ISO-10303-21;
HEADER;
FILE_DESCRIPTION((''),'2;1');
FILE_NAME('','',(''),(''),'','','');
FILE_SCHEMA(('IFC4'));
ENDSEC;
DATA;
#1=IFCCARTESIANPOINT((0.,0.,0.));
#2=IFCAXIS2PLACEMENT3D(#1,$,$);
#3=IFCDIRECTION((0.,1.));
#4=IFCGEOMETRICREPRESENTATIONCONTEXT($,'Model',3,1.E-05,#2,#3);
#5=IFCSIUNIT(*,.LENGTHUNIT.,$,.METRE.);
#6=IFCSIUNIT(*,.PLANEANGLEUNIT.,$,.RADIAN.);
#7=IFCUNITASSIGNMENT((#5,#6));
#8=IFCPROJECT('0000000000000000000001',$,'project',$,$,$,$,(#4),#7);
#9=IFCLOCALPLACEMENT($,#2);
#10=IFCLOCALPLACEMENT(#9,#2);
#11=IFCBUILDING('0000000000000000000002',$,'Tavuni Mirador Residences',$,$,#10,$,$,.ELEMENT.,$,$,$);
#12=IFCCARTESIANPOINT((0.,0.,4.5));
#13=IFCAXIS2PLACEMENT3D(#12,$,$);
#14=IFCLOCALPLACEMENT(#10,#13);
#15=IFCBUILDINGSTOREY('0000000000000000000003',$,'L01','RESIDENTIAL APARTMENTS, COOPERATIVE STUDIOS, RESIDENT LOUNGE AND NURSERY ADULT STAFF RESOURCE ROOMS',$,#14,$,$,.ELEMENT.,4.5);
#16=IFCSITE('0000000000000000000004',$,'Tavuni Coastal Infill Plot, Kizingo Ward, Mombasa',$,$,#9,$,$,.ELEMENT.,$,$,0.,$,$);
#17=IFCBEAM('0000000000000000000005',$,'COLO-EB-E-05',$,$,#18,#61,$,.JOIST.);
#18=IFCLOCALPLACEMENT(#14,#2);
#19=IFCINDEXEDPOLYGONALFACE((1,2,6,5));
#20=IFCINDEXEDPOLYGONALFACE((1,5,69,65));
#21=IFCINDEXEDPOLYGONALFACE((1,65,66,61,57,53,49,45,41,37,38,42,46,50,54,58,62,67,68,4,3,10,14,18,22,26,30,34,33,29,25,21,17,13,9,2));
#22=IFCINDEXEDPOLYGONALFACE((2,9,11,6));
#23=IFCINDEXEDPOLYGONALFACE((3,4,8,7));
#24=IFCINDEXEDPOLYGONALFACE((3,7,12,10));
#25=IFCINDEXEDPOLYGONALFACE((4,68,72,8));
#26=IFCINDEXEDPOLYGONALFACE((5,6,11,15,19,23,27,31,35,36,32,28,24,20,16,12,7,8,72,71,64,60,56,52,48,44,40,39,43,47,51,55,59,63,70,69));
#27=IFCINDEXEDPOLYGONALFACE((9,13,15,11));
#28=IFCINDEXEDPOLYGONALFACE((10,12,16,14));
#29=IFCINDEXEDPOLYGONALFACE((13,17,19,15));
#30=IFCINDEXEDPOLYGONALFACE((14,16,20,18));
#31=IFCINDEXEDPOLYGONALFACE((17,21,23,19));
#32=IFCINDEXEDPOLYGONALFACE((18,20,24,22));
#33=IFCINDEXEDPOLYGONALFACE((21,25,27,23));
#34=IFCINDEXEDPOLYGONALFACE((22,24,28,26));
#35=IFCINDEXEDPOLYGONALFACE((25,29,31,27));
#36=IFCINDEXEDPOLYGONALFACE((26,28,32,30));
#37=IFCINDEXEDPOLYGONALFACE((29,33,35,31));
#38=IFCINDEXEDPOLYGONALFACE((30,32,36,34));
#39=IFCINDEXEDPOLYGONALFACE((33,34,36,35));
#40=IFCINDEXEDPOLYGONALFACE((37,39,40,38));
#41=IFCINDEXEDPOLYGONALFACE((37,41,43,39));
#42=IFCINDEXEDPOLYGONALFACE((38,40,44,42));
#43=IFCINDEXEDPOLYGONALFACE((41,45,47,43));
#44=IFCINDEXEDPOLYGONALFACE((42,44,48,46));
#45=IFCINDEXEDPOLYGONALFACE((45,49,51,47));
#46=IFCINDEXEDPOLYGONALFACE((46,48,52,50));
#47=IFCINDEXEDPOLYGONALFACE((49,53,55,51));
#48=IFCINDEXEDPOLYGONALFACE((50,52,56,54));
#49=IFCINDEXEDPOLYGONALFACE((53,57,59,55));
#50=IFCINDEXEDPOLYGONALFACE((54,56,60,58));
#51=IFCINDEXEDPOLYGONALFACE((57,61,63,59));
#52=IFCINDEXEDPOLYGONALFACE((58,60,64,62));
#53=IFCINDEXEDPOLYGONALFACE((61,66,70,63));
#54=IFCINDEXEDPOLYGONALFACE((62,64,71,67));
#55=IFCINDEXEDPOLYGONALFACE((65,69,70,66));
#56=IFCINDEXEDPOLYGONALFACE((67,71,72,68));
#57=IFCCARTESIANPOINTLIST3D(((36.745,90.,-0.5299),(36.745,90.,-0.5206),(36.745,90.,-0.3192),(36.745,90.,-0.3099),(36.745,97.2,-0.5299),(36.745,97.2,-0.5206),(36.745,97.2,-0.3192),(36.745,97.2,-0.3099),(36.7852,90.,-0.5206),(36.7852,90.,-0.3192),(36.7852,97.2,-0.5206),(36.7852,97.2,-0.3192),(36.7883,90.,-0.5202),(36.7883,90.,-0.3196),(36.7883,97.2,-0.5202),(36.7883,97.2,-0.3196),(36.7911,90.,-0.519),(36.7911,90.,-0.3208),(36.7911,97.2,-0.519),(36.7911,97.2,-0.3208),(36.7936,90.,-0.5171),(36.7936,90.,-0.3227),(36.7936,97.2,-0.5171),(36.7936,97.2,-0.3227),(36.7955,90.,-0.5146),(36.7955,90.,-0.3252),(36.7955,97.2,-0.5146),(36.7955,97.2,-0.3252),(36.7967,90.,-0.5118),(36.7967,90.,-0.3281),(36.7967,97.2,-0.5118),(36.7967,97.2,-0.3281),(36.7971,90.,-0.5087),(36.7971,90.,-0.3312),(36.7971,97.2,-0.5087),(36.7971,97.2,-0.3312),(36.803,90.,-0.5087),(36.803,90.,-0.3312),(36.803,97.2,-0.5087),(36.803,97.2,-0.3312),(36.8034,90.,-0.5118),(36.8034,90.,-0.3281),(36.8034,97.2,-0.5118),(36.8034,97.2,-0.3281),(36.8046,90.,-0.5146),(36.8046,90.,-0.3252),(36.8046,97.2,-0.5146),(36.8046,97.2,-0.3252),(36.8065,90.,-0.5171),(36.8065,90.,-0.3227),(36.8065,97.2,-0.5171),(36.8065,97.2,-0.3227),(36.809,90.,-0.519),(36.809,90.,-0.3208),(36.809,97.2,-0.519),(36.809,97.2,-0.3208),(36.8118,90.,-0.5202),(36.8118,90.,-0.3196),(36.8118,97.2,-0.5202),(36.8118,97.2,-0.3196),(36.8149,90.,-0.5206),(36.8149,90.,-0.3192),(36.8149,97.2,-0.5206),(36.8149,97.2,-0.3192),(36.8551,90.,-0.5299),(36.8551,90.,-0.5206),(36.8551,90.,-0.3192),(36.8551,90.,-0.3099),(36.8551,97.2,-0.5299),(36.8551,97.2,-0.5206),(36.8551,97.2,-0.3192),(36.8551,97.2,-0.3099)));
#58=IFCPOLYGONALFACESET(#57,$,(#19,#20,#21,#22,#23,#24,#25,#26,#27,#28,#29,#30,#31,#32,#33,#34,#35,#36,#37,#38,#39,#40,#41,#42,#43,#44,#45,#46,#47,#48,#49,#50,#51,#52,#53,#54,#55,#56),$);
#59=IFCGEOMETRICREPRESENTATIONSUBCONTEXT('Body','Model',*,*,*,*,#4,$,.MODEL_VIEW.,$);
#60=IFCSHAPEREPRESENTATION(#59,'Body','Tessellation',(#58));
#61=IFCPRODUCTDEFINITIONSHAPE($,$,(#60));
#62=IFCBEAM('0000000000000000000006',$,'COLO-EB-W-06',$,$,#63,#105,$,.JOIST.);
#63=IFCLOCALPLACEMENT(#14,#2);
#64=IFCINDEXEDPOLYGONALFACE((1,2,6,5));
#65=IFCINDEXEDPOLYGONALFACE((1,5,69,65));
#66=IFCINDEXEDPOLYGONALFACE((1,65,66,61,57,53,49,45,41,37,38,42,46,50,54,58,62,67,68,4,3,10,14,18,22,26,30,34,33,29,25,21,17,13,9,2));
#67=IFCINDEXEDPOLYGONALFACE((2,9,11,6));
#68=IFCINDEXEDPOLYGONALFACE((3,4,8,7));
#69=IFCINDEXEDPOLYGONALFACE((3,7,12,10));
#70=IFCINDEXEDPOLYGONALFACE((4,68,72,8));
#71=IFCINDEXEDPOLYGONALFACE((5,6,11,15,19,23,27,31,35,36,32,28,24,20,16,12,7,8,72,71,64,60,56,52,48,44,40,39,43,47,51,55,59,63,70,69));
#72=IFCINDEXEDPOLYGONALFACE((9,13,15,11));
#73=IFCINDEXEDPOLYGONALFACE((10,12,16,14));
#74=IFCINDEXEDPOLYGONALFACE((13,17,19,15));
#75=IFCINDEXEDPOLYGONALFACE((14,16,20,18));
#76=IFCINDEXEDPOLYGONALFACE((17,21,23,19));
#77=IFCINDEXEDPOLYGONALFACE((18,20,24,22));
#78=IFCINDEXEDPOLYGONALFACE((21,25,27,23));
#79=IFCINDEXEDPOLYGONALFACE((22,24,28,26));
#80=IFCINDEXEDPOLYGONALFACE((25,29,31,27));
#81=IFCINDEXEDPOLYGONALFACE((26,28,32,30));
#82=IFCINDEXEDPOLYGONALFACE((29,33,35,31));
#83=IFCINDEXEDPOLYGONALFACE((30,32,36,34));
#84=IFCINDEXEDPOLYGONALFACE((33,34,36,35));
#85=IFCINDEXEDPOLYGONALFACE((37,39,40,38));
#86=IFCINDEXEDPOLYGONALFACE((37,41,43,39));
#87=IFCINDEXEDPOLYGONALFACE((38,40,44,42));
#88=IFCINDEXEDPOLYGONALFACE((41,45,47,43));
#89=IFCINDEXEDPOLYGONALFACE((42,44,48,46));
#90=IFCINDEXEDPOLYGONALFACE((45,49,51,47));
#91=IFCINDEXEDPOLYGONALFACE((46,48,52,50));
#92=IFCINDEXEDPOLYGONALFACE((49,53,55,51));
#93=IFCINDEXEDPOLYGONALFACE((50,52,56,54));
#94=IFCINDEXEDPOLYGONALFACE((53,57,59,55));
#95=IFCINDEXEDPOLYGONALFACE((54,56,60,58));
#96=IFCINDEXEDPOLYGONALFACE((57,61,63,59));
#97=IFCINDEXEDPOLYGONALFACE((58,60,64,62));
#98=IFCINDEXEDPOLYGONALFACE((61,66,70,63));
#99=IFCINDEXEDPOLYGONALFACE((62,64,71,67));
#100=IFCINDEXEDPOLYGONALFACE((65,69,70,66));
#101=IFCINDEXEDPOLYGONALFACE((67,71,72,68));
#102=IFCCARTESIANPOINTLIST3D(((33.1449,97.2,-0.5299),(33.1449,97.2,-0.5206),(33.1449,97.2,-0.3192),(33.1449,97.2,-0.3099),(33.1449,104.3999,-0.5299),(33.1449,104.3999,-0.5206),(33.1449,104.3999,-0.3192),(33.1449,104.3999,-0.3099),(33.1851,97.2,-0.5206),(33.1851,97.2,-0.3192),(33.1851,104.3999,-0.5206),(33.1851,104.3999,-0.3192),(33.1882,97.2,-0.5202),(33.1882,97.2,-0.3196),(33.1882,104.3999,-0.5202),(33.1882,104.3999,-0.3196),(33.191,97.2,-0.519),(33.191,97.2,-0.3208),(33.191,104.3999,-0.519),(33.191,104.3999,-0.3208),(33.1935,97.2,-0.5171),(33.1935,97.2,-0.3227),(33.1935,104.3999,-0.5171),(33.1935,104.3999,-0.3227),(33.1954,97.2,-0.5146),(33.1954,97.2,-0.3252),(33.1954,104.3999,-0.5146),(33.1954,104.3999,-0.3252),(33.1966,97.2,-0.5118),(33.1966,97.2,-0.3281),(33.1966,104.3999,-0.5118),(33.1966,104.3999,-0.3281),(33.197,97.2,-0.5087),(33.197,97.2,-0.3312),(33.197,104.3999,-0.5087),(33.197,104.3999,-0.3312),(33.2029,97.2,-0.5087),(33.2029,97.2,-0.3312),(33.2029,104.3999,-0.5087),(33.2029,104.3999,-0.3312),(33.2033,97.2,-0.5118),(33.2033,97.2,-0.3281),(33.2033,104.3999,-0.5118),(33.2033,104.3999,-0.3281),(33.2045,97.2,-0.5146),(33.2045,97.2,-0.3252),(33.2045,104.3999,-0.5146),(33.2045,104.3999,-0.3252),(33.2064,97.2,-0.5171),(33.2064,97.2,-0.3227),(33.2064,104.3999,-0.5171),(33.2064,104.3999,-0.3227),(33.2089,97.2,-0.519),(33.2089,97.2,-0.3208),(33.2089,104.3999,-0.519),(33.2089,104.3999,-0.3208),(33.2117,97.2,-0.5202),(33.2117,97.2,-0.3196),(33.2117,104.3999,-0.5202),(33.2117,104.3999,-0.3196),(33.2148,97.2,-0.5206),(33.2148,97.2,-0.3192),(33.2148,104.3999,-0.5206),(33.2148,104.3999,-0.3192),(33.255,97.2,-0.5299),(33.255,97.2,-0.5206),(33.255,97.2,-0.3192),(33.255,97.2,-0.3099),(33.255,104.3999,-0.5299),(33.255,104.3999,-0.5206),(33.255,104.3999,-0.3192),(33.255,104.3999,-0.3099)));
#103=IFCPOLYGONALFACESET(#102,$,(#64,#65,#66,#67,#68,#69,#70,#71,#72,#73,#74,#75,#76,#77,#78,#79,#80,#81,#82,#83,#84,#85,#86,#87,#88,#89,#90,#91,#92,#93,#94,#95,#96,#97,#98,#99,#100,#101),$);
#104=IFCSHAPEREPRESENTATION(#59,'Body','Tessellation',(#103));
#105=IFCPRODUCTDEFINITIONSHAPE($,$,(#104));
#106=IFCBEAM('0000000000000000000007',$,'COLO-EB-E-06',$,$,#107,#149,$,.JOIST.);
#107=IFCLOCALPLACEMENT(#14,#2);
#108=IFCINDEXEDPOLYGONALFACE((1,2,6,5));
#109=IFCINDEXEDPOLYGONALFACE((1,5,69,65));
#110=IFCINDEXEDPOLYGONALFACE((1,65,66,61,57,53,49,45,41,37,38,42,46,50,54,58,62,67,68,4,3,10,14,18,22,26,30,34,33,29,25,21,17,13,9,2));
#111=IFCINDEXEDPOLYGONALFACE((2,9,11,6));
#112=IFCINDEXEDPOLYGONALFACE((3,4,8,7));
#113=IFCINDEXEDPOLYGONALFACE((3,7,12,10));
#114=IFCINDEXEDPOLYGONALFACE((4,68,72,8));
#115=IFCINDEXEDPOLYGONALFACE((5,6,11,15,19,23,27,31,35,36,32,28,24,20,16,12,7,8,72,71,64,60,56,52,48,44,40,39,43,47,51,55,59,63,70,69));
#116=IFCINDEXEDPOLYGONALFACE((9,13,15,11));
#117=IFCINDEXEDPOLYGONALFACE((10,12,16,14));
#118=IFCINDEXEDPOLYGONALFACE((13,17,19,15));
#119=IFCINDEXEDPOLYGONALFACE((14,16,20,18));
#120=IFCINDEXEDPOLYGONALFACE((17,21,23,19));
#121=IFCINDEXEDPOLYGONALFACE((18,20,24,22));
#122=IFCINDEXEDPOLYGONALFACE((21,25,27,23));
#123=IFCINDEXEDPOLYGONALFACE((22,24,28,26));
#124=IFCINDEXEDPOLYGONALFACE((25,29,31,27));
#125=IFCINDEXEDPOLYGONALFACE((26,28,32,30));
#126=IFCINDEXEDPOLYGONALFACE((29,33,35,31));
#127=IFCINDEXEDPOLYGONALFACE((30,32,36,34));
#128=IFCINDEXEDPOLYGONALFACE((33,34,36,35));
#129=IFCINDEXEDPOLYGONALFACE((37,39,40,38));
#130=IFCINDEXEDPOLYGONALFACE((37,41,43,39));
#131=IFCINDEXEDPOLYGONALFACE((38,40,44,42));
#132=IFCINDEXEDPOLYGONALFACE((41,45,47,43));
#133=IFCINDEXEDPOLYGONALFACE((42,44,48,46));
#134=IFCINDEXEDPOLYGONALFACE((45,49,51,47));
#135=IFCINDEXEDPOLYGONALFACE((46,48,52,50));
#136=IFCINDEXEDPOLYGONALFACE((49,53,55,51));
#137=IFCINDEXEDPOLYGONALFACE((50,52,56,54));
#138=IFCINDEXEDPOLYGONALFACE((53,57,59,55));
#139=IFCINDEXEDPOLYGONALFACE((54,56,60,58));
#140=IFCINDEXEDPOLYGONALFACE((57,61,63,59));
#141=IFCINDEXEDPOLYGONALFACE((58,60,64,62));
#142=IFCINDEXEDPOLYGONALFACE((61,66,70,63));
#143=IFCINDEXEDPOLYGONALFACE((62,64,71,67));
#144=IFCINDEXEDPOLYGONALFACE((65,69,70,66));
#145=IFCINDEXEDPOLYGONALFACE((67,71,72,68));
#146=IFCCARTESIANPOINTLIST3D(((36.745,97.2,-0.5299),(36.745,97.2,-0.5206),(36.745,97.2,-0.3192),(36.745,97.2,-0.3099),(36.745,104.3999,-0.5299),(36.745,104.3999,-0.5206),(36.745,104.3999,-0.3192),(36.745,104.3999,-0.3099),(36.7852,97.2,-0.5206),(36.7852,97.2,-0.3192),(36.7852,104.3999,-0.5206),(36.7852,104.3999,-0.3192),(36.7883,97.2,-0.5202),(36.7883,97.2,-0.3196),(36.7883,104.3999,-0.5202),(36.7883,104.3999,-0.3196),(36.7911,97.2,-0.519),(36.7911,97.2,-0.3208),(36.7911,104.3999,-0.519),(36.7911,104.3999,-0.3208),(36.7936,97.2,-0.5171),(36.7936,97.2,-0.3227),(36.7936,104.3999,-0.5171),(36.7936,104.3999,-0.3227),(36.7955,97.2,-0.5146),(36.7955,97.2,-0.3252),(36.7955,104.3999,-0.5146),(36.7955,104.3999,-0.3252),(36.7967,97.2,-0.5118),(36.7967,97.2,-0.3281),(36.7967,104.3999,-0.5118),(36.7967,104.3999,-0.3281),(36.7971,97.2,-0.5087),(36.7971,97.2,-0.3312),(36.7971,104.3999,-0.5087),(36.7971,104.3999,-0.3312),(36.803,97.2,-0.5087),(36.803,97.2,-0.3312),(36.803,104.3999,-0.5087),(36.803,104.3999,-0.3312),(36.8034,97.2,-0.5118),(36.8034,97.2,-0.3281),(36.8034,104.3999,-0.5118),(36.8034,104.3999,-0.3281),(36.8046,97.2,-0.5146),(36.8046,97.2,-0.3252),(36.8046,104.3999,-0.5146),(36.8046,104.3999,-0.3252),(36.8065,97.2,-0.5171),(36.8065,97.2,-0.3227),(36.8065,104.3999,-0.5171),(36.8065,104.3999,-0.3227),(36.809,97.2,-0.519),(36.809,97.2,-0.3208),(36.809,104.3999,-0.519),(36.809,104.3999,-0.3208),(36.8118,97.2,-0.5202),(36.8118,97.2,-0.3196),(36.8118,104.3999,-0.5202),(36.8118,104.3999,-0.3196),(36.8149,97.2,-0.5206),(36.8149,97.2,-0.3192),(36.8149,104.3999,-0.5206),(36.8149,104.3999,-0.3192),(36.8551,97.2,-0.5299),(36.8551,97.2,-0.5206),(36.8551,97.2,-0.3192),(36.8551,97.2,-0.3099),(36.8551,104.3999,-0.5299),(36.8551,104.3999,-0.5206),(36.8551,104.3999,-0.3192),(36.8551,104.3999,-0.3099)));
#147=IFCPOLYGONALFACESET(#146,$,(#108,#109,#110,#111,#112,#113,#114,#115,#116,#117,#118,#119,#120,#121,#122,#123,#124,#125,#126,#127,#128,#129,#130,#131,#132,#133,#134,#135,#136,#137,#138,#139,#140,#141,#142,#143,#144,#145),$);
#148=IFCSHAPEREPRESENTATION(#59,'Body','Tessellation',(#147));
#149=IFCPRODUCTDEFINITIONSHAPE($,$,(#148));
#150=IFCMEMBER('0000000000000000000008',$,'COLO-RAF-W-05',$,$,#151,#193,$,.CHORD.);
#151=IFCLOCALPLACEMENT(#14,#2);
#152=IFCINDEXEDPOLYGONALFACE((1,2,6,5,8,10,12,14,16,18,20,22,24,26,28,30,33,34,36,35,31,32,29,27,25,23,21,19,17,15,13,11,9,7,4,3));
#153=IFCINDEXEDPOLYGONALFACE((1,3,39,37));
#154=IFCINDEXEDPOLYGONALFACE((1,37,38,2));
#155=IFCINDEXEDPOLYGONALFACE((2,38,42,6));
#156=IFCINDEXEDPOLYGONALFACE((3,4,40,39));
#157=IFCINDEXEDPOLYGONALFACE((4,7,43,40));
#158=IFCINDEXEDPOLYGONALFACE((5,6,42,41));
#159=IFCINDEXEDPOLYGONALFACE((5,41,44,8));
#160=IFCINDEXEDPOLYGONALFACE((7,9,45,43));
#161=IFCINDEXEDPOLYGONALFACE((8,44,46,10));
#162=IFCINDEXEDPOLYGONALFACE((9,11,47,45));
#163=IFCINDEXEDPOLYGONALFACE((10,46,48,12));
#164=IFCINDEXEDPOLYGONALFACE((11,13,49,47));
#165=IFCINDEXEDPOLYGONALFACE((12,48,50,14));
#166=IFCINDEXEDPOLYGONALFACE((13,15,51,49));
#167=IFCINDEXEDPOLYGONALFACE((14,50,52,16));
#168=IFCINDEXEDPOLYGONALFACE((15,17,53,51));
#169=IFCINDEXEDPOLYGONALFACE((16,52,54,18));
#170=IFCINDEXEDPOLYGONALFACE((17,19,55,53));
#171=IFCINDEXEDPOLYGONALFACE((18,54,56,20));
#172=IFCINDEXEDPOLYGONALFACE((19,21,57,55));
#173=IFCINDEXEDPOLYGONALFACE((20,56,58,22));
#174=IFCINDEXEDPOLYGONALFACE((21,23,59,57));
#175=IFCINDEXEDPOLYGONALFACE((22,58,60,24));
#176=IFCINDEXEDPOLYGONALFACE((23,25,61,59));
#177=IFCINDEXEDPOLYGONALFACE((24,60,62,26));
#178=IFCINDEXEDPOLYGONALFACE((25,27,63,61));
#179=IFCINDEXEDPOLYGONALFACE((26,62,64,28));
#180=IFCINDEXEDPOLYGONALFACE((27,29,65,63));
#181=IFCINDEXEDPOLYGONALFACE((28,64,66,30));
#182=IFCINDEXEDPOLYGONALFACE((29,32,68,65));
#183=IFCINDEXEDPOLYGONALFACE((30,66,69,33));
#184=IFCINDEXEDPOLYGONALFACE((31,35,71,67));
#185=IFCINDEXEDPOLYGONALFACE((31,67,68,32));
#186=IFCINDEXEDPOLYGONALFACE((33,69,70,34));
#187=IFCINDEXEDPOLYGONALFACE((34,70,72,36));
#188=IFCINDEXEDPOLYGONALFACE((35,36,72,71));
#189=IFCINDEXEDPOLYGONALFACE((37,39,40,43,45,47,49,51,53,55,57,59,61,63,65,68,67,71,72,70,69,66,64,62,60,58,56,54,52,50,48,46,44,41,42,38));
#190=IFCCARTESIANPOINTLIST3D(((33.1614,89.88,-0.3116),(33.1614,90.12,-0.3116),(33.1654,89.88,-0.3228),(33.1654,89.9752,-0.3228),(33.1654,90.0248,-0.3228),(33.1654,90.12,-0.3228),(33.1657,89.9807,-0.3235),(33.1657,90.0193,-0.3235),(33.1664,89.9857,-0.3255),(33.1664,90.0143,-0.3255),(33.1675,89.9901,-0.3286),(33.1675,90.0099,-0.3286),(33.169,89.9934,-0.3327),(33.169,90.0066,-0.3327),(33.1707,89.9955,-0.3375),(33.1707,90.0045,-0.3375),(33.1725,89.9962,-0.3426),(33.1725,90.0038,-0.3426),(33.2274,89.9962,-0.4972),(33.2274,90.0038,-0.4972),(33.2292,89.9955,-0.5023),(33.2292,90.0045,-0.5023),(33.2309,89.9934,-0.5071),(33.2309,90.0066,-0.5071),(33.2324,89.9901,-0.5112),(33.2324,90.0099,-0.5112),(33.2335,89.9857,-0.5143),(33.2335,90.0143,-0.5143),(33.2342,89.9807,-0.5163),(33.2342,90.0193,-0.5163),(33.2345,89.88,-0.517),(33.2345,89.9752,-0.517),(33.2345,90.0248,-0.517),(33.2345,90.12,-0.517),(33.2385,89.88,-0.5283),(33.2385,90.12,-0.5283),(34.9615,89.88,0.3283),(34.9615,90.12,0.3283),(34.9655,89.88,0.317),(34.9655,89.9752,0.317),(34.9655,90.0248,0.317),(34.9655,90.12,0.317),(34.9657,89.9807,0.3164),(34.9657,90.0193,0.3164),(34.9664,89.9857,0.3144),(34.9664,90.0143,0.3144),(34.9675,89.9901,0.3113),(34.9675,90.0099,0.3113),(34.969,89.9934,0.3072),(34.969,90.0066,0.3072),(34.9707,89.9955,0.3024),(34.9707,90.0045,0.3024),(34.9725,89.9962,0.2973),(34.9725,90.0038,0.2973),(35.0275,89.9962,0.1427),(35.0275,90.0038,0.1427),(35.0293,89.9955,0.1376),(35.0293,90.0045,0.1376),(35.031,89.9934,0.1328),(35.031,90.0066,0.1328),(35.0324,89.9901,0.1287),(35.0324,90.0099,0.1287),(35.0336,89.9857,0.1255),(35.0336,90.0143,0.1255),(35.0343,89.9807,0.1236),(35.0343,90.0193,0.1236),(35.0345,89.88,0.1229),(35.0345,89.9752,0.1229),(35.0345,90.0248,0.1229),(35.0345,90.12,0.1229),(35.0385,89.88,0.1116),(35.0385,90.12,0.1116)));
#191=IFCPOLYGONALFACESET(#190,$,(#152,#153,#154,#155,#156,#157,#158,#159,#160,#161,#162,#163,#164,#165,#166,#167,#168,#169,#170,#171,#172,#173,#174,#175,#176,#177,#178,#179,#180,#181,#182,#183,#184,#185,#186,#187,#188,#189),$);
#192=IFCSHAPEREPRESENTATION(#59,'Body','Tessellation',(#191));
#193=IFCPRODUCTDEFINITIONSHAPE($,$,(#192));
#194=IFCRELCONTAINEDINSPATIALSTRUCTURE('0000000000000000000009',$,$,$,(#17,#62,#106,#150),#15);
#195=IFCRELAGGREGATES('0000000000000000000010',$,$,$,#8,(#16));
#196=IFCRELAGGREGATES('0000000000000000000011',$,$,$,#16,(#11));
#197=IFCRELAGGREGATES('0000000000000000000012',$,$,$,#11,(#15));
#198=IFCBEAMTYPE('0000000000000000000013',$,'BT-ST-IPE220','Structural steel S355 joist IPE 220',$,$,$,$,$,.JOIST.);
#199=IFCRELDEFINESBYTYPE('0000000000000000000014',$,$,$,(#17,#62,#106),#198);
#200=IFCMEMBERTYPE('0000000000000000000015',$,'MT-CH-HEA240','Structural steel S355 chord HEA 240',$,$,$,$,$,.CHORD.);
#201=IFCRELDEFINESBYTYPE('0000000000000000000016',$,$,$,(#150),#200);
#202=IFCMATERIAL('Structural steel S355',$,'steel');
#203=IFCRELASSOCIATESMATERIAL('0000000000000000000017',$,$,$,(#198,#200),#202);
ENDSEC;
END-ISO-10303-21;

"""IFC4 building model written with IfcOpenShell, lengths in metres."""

from ifc_helpers import new_model, si_unit, direction, frame, origin, origin_2d, place, context, subcontext, project, spatial, i_section, extrude, material, material_profile, profile_set, type_object, element, save


model = new_model("IFC4")

# Units and contexts
model_context = context("Model", 3, precision=1e-05, world=origin(), true_north=direction((0.0, 1.0)))
body_context = subcontext(model_context, "Body", "Model", "MODEL_VIEW")
ifc_project = project(units=[si_unit("LENGTHUNIT", "METRE"), si_unit("PLANEANGLEUNIT", "RADIAN")], contexts=[model_context])

# Site, building, storey
site_placement = place(None, origin())
site = spatial("IfcSite", under=ifc_project, at=site_placement, Name="Tavuni Coastal Infill Plot, Kizingo Ward, Mombasa", CompositionType="ELEMENT", RefElevation=0.0)
building_placement = place(site_placement, origin())
building = spatial("IfcBuilding", under=site, at=building_placement, Name="Tavuni Mirador Residences", CompositionType="ELEMENT")
storey_placement = place(building_placement, frame((0.0, 0.0, 4.5)))
storey = spatial("IfcBuildingStorey", under=building, at=storey_placement, Name="L01", Description="RESIDENTIAL APARTMENTS, COOPERATIVE STUDIOS, RESIDENT LOUNGE AND NURSERY ADULT STAFF RESOURCE ROOMS", CompositionType="ELEMENT", Elevation=4.5)

# Beams
ifc_material_1 = material(Name="Structural steel S355", Category="steel")
ifc_material_profile_1 = material_profile(ifc_material_1, i_section(OverallWidth=0.1101, OverallDepth=0.22, WebThickness=0.0059, FlangeThickness=0.0093, FilletRadius=0.012, at=origin_2d()), Name="IPE 220", Category="steel")
ifc_profile_set_1 = profile_set([ifc_material_profile_1], Name="Structural steel S355")
beam_type_1 = type_object("IfcBeamType", Name="BT-ST-IPE220", Description="Structural steel S355 joist IPE 220", PredefinedType="JOIST", material=ifc_profile_set_1)
for number, where, z_axis, x_axis, name in (
    (1, (36.8, 90.0, -0.4199), (0.0, 1.0, 0.0), (-1.0, 0.0, 0.0), "COLO-EB-E-05"),
    (2, (33.2, 97.2, -0.4199), (0.0, 1.0, 0.0), (-1.0, 0.0, 0.0), "COLO-EB-W-06"),
    (3, (36.8, 97.2, -0.4199), (0.0, 1.0, 0.0), (-1.0, 0.0, 0.0), "COLO-EB-E-06"),
):
    element("IfcBeam", number, at=place(storey_placement, frame(where, z_axis=z_axis, x_axis=x_axis)), inside=storey, type_object=beam_type_1, Name=name, PredefinedType="JOIST", context=body_context, shape_type="SweptSolid", body=[
        extrude(i_section(OverallWidth=0.1101, OverallDepth=0.22, WebThickness=0.0059, FlangeThickness=0.0093, FilletRadius=0.012, at=origin_2d()), origin(), (0.0, 0.0, 1.0), 7.2),
    ])

# Member
ifc_material_profile_2 = material_profile(ifc_material_1, i_section(OverallWidth=0.24, OverallDepth=0.23, WebThickness=0.0076, FlangeThickness=0.012, FilletRadius=0.021, at=origin_2d()), Name="HEA 240", Category="steel")
ifc_profile_set_2 = profile_set([ifc_material_profile_2], Name="Structural steel S355")
member_type_1 = type_object("IfcMemberType", Name="MT-CH-HEA240", Description="Structural steel S355 chord HEA 240", PredefinedType="CHORD", material=ifc_profile_set_2)
for number, where, z_axis, x_axis, name in (
    (4, (33.2, 90.0, -0.4199), (0.942235, 0.0, 0.334952), (0.0, 1.0, 0.0), "COLO-RAF-W-05"),
):
    element("IfcMember", number, at=place(storey_placement, frame(where, z_axis=z_axis, x_axis=x_axis)), inside=storey, type_object=member_type_1, Name=name, PredefinedType="CHORD", context=body_context, shape_type="SweptSolid", body=[
        extrude(i_section(OverallWidth=0.24, OverallDepth=0.23, WebThickness=0.0076, FlangeThickness=0.012, FilletRadius=0.021, at=origin_2d()), origin(), (0.0, 0.0, 1.0), 1.9104),
    ])

save(model, "model.ifc")
